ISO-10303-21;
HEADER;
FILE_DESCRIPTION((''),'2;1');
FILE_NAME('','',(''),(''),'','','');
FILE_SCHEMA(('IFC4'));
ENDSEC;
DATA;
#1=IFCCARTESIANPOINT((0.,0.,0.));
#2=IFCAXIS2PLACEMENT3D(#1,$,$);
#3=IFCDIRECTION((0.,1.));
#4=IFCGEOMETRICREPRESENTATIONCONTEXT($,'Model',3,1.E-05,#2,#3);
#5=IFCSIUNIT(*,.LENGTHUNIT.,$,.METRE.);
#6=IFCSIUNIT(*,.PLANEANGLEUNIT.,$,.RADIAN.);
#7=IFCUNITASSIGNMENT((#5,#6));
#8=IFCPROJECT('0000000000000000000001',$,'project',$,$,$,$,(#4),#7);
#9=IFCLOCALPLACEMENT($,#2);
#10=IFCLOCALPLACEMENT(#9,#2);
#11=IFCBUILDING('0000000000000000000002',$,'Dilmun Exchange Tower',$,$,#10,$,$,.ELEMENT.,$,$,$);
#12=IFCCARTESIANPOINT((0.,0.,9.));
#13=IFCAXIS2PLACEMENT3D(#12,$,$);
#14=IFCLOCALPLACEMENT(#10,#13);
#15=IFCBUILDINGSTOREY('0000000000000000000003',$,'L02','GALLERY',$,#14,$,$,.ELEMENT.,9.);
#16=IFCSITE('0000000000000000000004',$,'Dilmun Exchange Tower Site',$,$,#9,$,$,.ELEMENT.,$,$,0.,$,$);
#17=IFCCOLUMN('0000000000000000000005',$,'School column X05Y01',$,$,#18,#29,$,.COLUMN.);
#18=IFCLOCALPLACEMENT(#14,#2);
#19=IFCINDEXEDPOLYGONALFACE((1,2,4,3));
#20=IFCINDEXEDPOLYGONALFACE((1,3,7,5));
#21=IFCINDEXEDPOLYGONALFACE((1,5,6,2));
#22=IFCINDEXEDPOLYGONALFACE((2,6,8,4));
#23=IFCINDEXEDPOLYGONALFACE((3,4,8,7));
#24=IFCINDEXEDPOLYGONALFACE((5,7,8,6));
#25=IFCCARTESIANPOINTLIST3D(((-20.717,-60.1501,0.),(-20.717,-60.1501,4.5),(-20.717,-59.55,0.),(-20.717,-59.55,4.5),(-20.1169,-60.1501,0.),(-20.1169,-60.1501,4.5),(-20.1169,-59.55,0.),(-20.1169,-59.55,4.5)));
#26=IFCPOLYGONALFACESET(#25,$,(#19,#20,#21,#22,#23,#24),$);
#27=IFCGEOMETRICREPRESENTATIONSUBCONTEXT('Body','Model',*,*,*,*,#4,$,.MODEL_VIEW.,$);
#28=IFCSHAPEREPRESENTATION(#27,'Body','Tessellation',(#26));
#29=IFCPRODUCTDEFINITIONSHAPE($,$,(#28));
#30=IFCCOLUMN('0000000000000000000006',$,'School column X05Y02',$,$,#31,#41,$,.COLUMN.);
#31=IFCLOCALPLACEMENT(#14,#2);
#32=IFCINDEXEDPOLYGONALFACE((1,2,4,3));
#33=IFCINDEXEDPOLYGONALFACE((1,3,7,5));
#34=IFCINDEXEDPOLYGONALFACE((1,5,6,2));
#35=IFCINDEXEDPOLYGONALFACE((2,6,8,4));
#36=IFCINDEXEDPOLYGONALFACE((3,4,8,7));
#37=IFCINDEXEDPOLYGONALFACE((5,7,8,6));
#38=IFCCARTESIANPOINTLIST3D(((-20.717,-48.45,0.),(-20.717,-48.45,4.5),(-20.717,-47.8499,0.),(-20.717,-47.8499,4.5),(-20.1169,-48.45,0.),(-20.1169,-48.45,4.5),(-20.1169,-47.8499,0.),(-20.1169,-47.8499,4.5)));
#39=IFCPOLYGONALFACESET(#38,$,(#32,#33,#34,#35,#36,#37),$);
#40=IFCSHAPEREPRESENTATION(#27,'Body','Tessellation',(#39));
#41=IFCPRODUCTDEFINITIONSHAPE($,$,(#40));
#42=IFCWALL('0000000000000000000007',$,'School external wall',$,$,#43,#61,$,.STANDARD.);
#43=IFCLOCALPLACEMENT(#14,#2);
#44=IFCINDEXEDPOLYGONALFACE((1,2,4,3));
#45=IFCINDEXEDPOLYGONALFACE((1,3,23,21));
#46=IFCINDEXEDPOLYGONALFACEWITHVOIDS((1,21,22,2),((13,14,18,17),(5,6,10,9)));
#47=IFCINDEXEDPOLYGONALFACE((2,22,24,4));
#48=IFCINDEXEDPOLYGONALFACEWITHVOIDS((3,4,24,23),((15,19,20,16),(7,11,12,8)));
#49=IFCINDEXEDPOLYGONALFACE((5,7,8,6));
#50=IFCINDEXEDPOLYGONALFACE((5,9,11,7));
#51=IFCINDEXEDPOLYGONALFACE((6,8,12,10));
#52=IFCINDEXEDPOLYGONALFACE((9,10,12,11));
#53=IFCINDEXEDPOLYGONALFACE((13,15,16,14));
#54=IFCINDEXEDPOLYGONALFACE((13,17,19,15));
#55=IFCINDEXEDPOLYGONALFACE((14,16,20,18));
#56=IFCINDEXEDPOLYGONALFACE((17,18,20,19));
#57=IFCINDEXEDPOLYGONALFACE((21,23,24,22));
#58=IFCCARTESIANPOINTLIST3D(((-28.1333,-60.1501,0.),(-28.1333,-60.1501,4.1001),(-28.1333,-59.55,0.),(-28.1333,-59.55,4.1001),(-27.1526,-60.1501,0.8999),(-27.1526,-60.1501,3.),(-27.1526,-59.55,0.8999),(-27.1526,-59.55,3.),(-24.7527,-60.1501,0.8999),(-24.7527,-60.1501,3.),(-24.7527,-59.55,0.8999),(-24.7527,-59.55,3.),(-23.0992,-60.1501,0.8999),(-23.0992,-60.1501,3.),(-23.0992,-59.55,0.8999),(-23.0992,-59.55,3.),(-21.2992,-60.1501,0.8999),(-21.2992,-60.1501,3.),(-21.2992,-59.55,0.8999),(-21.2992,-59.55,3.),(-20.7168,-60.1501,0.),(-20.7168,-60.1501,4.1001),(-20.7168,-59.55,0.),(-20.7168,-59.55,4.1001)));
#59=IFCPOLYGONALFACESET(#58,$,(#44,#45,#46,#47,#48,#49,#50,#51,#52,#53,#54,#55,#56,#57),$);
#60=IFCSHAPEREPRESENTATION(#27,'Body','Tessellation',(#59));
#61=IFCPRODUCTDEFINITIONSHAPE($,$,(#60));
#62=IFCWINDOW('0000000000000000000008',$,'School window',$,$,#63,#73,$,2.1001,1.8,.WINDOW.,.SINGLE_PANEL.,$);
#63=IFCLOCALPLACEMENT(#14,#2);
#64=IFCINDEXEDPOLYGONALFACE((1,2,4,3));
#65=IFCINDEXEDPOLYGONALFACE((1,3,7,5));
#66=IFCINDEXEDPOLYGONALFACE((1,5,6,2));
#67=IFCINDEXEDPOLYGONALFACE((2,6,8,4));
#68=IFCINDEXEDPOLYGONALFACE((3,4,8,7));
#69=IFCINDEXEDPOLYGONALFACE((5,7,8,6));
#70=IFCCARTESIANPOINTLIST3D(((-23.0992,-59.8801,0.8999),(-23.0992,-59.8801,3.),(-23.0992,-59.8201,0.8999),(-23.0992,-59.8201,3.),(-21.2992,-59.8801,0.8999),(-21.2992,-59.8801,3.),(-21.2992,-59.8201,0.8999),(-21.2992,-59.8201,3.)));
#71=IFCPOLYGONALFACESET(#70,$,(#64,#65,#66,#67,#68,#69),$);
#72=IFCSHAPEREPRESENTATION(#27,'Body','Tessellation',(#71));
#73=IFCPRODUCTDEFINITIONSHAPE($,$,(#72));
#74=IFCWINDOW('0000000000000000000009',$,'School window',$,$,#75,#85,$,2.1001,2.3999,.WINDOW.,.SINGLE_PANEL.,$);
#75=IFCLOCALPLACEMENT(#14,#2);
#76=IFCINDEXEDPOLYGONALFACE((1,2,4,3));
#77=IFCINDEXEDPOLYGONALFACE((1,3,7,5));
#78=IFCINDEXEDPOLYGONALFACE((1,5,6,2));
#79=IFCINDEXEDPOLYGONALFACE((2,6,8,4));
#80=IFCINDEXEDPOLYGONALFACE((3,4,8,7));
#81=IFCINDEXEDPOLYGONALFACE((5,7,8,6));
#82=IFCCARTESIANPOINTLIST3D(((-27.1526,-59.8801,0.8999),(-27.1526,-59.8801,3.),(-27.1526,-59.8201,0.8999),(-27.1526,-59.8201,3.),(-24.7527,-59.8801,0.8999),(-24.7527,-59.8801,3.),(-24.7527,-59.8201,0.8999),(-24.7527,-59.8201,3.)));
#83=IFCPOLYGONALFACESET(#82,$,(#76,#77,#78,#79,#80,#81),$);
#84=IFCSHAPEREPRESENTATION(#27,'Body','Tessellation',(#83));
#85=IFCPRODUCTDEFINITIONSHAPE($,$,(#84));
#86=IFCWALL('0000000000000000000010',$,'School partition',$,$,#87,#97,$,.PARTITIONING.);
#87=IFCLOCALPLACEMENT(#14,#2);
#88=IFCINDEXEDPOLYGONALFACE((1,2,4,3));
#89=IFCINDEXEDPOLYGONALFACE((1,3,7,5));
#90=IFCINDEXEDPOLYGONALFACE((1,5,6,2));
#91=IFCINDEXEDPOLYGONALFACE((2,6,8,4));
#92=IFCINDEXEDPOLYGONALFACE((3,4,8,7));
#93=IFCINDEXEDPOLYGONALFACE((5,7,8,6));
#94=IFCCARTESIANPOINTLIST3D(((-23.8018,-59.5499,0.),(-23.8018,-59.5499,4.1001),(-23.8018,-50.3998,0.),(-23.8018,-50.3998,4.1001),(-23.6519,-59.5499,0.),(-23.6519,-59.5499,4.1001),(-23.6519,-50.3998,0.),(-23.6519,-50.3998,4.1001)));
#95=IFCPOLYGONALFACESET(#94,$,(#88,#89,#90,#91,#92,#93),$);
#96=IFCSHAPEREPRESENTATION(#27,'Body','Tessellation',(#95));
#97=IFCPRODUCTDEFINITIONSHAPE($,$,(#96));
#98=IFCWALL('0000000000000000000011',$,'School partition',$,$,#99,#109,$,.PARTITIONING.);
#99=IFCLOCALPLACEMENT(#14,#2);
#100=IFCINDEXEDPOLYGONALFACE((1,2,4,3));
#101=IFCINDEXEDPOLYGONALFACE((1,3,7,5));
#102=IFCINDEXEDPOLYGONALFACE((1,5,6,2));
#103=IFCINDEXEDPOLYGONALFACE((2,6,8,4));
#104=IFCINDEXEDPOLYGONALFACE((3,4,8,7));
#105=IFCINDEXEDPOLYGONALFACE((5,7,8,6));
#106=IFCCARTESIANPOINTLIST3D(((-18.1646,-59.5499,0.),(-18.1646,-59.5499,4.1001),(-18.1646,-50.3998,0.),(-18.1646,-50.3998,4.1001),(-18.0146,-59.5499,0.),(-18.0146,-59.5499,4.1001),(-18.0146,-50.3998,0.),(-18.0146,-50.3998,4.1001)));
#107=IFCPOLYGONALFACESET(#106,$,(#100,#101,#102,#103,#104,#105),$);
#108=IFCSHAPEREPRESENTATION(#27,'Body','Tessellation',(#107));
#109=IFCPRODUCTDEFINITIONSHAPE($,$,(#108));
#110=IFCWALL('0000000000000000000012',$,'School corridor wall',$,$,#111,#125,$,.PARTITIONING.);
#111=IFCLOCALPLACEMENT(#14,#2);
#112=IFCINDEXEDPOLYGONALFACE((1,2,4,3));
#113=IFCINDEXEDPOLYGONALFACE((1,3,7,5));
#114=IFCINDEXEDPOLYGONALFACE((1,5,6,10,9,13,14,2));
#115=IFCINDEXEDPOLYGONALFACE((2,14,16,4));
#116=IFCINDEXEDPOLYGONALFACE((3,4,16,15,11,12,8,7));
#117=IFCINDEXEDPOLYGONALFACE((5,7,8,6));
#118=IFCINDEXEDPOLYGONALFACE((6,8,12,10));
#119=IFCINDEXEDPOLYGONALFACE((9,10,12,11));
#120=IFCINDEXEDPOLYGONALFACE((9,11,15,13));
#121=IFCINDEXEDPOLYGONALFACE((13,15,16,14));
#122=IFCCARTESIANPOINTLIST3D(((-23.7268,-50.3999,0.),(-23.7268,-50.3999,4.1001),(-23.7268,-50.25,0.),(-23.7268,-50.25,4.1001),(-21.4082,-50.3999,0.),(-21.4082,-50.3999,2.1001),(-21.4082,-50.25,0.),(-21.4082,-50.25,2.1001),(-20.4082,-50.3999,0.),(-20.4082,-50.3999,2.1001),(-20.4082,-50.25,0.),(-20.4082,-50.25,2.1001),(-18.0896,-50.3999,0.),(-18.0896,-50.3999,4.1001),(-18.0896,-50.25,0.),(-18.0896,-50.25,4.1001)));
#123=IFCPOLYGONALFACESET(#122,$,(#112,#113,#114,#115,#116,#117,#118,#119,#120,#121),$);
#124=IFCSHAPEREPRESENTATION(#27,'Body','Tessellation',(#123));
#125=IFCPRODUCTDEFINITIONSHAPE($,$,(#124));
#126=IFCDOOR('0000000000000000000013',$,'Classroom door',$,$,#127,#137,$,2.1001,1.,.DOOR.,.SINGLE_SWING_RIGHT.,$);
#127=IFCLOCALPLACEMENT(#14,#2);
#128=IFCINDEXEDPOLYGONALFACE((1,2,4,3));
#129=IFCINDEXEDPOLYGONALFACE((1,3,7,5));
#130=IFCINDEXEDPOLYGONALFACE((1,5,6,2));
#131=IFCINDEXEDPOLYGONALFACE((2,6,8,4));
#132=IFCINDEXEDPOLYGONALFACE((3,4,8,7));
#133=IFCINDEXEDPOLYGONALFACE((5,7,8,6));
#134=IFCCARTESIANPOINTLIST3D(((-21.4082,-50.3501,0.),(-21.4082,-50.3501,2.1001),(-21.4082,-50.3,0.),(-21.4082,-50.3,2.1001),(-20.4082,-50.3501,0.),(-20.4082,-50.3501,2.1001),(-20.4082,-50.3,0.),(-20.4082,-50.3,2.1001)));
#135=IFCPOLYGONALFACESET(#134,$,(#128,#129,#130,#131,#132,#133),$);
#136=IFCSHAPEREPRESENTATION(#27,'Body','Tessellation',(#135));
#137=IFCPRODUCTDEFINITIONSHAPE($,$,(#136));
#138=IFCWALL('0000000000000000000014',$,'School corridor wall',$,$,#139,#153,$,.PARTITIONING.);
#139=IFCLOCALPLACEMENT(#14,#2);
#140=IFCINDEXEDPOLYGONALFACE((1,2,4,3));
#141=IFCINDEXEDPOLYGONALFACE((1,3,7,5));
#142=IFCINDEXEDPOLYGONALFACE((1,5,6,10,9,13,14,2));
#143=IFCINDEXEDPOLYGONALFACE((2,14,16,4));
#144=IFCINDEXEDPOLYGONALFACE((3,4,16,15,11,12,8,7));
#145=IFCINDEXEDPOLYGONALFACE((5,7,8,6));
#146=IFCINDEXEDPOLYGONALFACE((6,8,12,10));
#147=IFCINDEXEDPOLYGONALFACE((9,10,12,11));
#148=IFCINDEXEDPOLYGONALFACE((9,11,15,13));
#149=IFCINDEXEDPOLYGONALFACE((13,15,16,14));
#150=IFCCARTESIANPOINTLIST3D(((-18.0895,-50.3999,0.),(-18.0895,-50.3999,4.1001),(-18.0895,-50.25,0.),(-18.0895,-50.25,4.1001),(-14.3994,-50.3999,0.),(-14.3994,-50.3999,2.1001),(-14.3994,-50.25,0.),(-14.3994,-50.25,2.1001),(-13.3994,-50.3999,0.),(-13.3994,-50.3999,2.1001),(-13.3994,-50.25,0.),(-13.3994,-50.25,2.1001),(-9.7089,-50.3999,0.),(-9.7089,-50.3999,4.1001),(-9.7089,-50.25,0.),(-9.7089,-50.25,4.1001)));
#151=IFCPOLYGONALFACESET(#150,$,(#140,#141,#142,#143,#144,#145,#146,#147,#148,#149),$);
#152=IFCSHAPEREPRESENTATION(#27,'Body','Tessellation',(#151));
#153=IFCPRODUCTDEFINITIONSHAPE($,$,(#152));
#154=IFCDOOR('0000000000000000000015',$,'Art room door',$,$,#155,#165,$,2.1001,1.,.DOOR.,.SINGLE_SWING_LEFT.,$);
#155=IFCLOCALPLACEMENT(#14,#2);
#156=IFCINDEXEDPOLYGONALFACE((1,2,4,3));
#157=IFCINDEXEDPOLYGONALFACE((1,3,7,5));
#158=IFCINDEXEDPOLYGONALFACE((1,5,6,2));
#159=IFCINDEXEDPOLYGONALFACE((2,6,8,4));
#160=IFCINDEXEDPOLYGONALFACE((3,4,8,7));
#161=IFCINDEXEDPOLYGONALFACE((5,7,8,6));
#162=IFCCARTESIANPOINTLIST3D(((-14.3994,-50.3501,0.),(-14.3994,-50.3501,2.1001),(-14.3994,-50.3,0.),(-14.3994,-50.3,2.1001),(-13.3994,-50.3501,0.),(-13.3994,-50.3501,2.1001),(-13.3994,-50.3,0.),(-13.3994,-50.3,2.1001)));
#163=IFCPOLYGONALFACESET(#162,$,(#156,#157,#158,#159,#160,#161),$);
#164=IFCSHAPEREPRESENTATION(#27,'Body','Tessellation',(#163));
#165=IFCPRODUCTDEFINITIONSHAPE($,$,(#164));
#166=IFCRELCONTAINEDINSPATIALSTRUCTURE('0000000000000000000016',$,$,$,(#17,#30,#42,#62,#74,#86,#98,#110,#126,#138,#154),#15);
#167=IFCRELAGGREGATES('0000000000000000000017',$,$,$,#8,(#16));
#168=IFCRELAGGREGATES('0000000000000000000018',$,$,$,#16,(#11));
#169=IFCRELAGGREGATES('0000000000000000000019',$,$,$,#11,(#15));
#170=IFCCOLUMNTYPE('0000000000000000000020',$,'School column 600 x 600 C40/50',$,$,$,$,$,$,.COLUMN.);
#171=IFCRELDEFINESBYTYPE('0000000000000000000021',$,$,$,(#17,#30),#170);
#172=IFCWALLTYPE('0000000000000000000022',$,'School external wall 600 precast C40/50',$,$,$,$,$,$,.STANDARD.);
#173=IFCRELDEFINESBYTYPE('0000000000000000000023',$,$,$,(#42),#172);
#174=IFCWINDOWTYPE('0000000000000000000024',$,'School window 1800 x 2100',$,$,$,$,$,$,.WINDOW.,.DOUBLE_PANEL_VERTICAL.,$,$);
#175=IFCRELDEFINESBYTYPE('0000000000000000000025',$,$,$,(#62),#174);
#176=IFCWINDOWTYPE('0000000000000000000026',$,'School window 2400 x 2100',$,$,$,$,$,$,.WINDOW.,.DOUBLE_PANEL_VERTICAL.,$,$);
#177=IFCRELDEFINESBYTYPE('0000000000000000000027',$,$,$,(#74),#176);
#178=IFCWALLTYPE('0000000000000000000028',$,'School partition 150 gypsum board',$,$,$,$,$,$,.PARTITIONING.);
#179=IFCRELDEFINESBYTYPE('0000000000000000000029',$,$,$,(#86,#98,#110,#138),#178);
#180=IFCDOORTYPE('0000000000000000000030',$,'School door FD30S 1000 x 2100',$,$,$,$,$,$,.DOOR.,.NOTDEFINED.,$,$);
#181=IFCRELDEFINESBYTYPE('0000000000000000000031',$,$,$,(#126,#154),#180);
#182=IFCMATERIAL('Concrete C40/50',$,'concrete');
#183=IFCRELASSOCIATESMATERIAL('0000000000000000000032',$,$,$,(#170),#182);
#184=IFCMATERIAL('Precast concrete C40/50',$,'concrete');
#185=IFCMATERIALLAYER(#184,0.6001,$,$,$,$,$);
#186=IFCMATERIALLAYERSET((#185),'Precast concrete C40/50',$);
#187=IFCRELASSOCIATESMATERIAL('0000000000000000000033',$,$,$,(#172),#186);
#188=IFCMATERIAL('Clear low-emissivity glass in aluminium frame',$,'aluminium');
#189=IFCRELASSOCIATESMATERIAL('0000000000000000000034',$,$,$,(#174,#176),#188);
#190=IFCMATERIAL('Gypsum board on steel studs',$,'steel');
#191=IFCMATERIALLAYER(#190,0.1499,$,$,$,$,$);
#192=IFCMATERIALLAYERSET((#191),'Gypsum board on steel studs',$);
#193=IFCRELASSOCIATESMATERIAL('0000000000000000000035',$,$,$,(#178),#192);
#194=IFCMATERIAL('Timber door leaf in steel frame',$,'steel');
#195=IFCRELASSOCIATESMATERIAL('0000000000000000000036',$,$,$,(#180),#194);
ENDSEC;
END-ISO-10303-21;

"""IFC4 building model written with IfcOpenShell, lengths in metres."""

from ifc_helpers import new_model, si_unit, direction, frame, frame_2d, origin, origin_2d, place, context, subcontext, project, spatial, rectangle, extrude, material, layer, layer_set, material_profile, profile_set, type_object, element, fill, save


model = new_model("IFC4")

# Units and contexts
model_context = context("Model", 3, precision=1e-05, world=origin(), true_north=direction((0.0, 1.0)))
body_context = subcontext(model_context, "Body", "Model", "MODEL_VIEW")
ifc_project = project(units=[si_unit("LENGTHUNIT", "METRE"), si_unit("PLANEANGLEUNIT", "RADIAN")], contexts=[model_context])

# Site, building, storey
site_placement = place(None, origin())
site = spatial("IfcSite", under=ifc_project, at=site_placement, Name="Dilmun Exchange Tower Site", CompositionType="ELEMENT", RefElevation=0.0)
building_placement = place(site_placement, origin())
building = spatial("IfcBuilding", under=site, at=building_placement, Name="Dilmun Exchange Tower", CompositionType="ELEMENT")
storey_placement = place(building_placement, frame((0.0, 0.0, 9.0)))
storey = spatial("IfcBuildingStorey", under=building, at=storey_placement, Name="L02", Description="GALLERY", CompositionType="ELEMENT", Elevation=9.0)

# Columns
ifc_material_1 = material(Name="Concrete C40/50", Category="concrete")
ifc_material_profile = material_profile(ifc_material_1, rectangle(XDim=0.6001, YDim=0.6001, at=origin_2d()), Name="600 x 600")
ifc_profile_set = profile_set([ifc_material_profile], Name="Concrete C40/50")
column_type = type_object("IfcColumnType", Name="School column 600 x 600 C40/50", PredefinedType="COLUMN", material=ifc_profile_set)
for number, where, z_axis, x_axis, name in (
    (1, (-20.417, -59.8501, 0.0), (0.0, 0.0, 1.0), (1.0, 0.0, 0.0), "School column X05Y01"),
    (2, (-20.417, -48.1499, 0.0), (0.0, 0.0, 1.0), (1.0, 0.0, 0.0), "School column X05Y02"),
):
    element("IfcColumn", number, at=place(storey_placement, frame(where, z_axis=z_axis, x_axis=x_axis)), inside=storey, type_object=column_type, Name=name, PredefinedType="COLUMN", context=body_context, shape_type="SweptSolid", body=[
        extrude(rectangle(XDim=0.6001, YDim=0.6001, at=origin_2d()), origin(), (0.0, 0.0, 1.0), 4.5),
    ])

# Wall, openings, windows
ifc_material_2 = material(Name="Precast concrete C40/50", Category="concrete")
ifc_layer_1 = layer(ifc_material_2, 0.6001)
ifc_layer_set_1 = layer_set([ifc_layer_1], Name="Precast concrete C40/50")
wall_type_1 = type_object("IfcWallType", Name="School external wall 600 precast C40/50", PredefinedType="STANDARD", material=ifc_layer_set_1)
wall_1_placement = place(storey_placement, frame((-20.7168, -59.8501, 0.0), z_axis=(0.0, 0.0, 1.0), x_axis=(-1.0, 0.0, 0.0)))
wall_1 = element("IfcWall", 3, at=wall_1_placement, inside=storey, type_object=wall_type_1, Name="School external wall", PredefinedType="STANDARD", context=body_context, shape_type="SweptSolid", body=[
    extrude(rectangle(XDim=7.4165, YDim=0.6001, at=frame_2d((3.7083, 0.0))), origin(), (0.0, 0.0, 1.0), 4.1001),
])
opening_1_placement = place(wall_1_placement, frame((4.0359, 0.0, 0.8999)))
opening_1 = element("IfcOpeningElement", 4, at=opening_1_placement, cuts=wall_1, PredefinedType="OPENING", context=body_context, shape_type="SweptSolid", body=[
    extrude(rectangle(XDim=2.3999, YDim=2.1001, at=frame_2d((1.2, 1.05))), frame((0.0, 0.3101, 0.0), z_axis=(0.0, -1.0, 0.0), x_axis=(1.0, 0.0, 0.0)), (0.0, 0.0, 1.0), 0.6201),
])
opening_2_placement = place(wall_1_placement, frame((0.5825, 0.0, 0.8999)))
opening_2 = element("IfcOpeningElement", 5, at=opening_2_placement, cuts=wall_1, PredefinedType="OPENING", context=body_context, shape_type="SweptSolid", body=[
    extrude(rectangle(XDim=1.8, YDim=2.1001, at=frame_2d((0.8999, 1.05))), frame((0.0, 0.3101, 0.0), z_axis=(0.0, -1.0, 0.0), x_axis=(1.0, 0.0, 0.0)), (0.0, 0.0, 1.0), 0.6201),
])
ifc_material_3 = material(Name="Clear low-emissivity glass in aluminium frame", Category="aluminium")
window_type_1 = type_object("IfcWindowType", Name="School window 1800 x 2100", PartitioningType="DOUBLE_PANEL_VERTICAL", PredefinedType="WINDOW", material=ifc_material_3)
window_1_placement = place(opening_2_placement, origin())
window_1 = element("IfcWindow", 6, at=window_1_placement, inside=storey, type_object=window_type_1, Name="School window", OverallHeight=2.1001, OverallWidth=1.8, PartitioningType="SINGLE_PANEL", PredefinedType="WINDOW", context=body_context, shape_type="SweptSolid", body=[
    extrude(rectangle(XDim=1.8, YDim=2.1001, at=frame_2d((0.8999, 1.05))), frame((0.0, 0.03, 0.0), z_axis=(0.0, -1.0, 0.0), x_axis=(1.0, 0.0, 0.0)), (0.0, 0.0, 1.0), 0.0601),
])
fill(opening_2, window_1)
window_type_2 = type_object("IfcWindowType", Name="School window 2400 x 2100", PartitioningType="DOUBLE_PANEL_VERTICAL", PredefinedType="WINDOW", material=ifc_material_3)
window_2_placement = place(opening_1_placement, origin())
window_2 = element("IfcWindow", 7, at=window_2_placement, inside=storey, type_object=window_type_2, Name="School window", OverallHeight=2.1001, OverallWidth=2.3999, PartitioningType="SINGLE_PANEL", PredefinedType="WINDOW", context=body_context, shape_type="SweptSolid", body=[
    extrude(rectangle(XDim=2.3999, YDim=2.1001, at=frame_2d((1.2, 1.05))), frame((0.0, 0.03, 0.0), z_axis=(0.0, -1.0, 0.0), x_axis=(1.0, 0.0, 0.0)), (0.0, 0.0, 1.0), 0.0601),
])
fill(opening_1, window_2)

# Walls
ifc_material_4 = material(Name="Gypsum board on steel studs", Category="steel")
ifc_layer_2 = layer(ifc_material_4, 0.1499)
ifc_layer_set_2 = layer_set([ifc_layer_2], Name="Gypsum board on steel studs")
wall_type_2 = type_object("IfcWallType", Name="School partition 150 gypsum board", PredefinedType="PARTITIONING", material=ifc_layer_set_2)
for number, where, z_axis, x_axis, name in (
    (8, (-23.7268, -59.55, 0.0), (0.0, 0.0, 1.0), (0.0, 1.0, 0.0), "School partition"),
    (9, (-18.0896, -59.55, 0.0), (0.0, 0.0, 1.0), (0.0, 1.0, 0.0), "School partition"),
):
    element("IfcWall", number, at=place(storey_placement, frame(where, z_axis=z_axis, x_axis=x_axis)), inside=storey, type_object=wall_type_2, Name=name, PredefinedType="PARTITIONING", context=body_context, shape_type="SweptSolid", body=[
        extrude(rectangle(XDim=9.1501, YDim=0.1499, at=frame_2d((4.5752, 0.0))), origin(), (0.0, 0.0, 1.0), 4.1001),
    ])

# Walls, openings, doors
wall_2_placement = place(storey_placement, frame((-23.7268, -50.325, 0.0), z_axis=(0.0, 0.0, 1.0), x_axis=(1.0, 0.0, 0.0)))
wall_2 = element("IfcWall", 10, at=wall_2_placement, inside=storey, type_object=wall_type_2, Name="School corridor wall", PredefinedType="PARTITIONING", context=body_context, shape_type="SweptSolid", body=[
    extrude(rectangle(XDim=5.6372, YDim=0.1499, at=frame_2d((2.8186, 0.0))), origin(), (0.0, 0.0, 1.0), 4.1001),
])
opening_3_placement = place(wall_2_placement, frame((2.3186, 0.0, 0.0)))
opening_3 = element("IfcOpeningElement", 11, at=opening_3_placement, cuts=wall_2, PredefinedType="OPENING", context=body_context, shape_type="SweptSolid", body=[
    extrude(rectangle(XDim=1.0, YDim=2.1001, at=frame_2d((0.5, 1.05))), frame((0.0, 0.085, 0.0), z_axis=(0.0, -1.0, 0.0), x_axis=(1.0, 0.0, 0.0)), (0.0, 0.0, 1.0), 0.1699),
])
ifc_material_5 = material(Name="Timber door leaf in steel frame", Category="steel")
door_type_1 = type_object("IfcDoorType", Name="School door FD30S 1000 x 2100", OperationType="NOTDEFINED", PredefinedType="DOOR", material=ifc_material_5)
door_1_placement = place(opening_3_placement, origin())
door_1 = element("IfcDoor", 12, at=door_1_placement, inside=storey, type_object=door_type_1, Name="Classroom door", OperationType="SINGLE_SWING_RIGHT", OverallHeight=2.1001, OverallWidth=1.0, PredefinedType="DOOR", context=body_context, shape_type="SweptSolid", body=[
    extrude(rectangle(XDim=1.0, YDim=2.1001, at=frame_2d((0.5, 1.05))), frame((0.0, 0.0249, 0.0), z_axis=(0.0, -1.0, 0.0), x_axis=(1.0, 0.0, 0.0)), (0.0, 0.0, 1.0), 0.05),
])
fill(opening_3, door_1)
wall_3_placement = place(storey_placement, frame((-18.0896, -50.325, 0.0), z_axis=(0.0, 0.0, 1.0), x_axis=(1.0, 0.0, 0.0)))
wall_3 = element("IfcWall", 13, at=wall_3_placement, inside=storey, type_object=wall_type_2, Name="School corridor wall", PredefinedType="PARTITIONING", context=body_context, shape_type="SweptSolid", body=[
    extrude(rectangle(XDim=8.3806, YDim=0.1499, at=frame_2d((4.1904, 0.0))), origin(), (0.0, 0.0, 1.0), 4.1001),
])
opening_4_placement = place(wall_3_placement, frame((3.6902, 0.0, 0.0)))
opening_4 = element("IfcOpeningElement", 14, at=opening_4_placement, cuts=wall_3, PredefinedType="OPENING", context=body_context, shape_type="SweptSolid", body=[
    extrude(rectangle(XDim=1.0, YDim=2.1001, at=frame_2d((0.5, 1.05))), frame((0.0, 0.085, 0.0), z_axis=(0.0, -1.0, 0.0), x_axis=(1.0, 0.0, 0.0)), (0.0, 0.0, 1.0), 0.1699),
])
door_2_placement = place(opening_4_placement, origin())
door_2 = element("IfcDoor", 15, at=door_2_placement, inside=storey, type_object=door_type_1, Name="Art room door", OperationType="SINGLE_SWING_LEFT", OverallHeight=2.1001, OverallWidth=1.0, PredefinedType="DOOR", context=body_context, shape_type="SweptSolid", body=[
    extrude(rectangle(XDim=1.0, YDim=2.1001, at=frame_2d((0.5, 1.05))), frame((0.0, 0.0249, 0.0), z_axis=(0.0, -1.0, 0.0), x_axis=(1.0, 0.0, 0.0)), (0.0, 0.0, 1.0), 0.05),
])
fill(opening_4, door_2)

save(model, "model.ifc")
